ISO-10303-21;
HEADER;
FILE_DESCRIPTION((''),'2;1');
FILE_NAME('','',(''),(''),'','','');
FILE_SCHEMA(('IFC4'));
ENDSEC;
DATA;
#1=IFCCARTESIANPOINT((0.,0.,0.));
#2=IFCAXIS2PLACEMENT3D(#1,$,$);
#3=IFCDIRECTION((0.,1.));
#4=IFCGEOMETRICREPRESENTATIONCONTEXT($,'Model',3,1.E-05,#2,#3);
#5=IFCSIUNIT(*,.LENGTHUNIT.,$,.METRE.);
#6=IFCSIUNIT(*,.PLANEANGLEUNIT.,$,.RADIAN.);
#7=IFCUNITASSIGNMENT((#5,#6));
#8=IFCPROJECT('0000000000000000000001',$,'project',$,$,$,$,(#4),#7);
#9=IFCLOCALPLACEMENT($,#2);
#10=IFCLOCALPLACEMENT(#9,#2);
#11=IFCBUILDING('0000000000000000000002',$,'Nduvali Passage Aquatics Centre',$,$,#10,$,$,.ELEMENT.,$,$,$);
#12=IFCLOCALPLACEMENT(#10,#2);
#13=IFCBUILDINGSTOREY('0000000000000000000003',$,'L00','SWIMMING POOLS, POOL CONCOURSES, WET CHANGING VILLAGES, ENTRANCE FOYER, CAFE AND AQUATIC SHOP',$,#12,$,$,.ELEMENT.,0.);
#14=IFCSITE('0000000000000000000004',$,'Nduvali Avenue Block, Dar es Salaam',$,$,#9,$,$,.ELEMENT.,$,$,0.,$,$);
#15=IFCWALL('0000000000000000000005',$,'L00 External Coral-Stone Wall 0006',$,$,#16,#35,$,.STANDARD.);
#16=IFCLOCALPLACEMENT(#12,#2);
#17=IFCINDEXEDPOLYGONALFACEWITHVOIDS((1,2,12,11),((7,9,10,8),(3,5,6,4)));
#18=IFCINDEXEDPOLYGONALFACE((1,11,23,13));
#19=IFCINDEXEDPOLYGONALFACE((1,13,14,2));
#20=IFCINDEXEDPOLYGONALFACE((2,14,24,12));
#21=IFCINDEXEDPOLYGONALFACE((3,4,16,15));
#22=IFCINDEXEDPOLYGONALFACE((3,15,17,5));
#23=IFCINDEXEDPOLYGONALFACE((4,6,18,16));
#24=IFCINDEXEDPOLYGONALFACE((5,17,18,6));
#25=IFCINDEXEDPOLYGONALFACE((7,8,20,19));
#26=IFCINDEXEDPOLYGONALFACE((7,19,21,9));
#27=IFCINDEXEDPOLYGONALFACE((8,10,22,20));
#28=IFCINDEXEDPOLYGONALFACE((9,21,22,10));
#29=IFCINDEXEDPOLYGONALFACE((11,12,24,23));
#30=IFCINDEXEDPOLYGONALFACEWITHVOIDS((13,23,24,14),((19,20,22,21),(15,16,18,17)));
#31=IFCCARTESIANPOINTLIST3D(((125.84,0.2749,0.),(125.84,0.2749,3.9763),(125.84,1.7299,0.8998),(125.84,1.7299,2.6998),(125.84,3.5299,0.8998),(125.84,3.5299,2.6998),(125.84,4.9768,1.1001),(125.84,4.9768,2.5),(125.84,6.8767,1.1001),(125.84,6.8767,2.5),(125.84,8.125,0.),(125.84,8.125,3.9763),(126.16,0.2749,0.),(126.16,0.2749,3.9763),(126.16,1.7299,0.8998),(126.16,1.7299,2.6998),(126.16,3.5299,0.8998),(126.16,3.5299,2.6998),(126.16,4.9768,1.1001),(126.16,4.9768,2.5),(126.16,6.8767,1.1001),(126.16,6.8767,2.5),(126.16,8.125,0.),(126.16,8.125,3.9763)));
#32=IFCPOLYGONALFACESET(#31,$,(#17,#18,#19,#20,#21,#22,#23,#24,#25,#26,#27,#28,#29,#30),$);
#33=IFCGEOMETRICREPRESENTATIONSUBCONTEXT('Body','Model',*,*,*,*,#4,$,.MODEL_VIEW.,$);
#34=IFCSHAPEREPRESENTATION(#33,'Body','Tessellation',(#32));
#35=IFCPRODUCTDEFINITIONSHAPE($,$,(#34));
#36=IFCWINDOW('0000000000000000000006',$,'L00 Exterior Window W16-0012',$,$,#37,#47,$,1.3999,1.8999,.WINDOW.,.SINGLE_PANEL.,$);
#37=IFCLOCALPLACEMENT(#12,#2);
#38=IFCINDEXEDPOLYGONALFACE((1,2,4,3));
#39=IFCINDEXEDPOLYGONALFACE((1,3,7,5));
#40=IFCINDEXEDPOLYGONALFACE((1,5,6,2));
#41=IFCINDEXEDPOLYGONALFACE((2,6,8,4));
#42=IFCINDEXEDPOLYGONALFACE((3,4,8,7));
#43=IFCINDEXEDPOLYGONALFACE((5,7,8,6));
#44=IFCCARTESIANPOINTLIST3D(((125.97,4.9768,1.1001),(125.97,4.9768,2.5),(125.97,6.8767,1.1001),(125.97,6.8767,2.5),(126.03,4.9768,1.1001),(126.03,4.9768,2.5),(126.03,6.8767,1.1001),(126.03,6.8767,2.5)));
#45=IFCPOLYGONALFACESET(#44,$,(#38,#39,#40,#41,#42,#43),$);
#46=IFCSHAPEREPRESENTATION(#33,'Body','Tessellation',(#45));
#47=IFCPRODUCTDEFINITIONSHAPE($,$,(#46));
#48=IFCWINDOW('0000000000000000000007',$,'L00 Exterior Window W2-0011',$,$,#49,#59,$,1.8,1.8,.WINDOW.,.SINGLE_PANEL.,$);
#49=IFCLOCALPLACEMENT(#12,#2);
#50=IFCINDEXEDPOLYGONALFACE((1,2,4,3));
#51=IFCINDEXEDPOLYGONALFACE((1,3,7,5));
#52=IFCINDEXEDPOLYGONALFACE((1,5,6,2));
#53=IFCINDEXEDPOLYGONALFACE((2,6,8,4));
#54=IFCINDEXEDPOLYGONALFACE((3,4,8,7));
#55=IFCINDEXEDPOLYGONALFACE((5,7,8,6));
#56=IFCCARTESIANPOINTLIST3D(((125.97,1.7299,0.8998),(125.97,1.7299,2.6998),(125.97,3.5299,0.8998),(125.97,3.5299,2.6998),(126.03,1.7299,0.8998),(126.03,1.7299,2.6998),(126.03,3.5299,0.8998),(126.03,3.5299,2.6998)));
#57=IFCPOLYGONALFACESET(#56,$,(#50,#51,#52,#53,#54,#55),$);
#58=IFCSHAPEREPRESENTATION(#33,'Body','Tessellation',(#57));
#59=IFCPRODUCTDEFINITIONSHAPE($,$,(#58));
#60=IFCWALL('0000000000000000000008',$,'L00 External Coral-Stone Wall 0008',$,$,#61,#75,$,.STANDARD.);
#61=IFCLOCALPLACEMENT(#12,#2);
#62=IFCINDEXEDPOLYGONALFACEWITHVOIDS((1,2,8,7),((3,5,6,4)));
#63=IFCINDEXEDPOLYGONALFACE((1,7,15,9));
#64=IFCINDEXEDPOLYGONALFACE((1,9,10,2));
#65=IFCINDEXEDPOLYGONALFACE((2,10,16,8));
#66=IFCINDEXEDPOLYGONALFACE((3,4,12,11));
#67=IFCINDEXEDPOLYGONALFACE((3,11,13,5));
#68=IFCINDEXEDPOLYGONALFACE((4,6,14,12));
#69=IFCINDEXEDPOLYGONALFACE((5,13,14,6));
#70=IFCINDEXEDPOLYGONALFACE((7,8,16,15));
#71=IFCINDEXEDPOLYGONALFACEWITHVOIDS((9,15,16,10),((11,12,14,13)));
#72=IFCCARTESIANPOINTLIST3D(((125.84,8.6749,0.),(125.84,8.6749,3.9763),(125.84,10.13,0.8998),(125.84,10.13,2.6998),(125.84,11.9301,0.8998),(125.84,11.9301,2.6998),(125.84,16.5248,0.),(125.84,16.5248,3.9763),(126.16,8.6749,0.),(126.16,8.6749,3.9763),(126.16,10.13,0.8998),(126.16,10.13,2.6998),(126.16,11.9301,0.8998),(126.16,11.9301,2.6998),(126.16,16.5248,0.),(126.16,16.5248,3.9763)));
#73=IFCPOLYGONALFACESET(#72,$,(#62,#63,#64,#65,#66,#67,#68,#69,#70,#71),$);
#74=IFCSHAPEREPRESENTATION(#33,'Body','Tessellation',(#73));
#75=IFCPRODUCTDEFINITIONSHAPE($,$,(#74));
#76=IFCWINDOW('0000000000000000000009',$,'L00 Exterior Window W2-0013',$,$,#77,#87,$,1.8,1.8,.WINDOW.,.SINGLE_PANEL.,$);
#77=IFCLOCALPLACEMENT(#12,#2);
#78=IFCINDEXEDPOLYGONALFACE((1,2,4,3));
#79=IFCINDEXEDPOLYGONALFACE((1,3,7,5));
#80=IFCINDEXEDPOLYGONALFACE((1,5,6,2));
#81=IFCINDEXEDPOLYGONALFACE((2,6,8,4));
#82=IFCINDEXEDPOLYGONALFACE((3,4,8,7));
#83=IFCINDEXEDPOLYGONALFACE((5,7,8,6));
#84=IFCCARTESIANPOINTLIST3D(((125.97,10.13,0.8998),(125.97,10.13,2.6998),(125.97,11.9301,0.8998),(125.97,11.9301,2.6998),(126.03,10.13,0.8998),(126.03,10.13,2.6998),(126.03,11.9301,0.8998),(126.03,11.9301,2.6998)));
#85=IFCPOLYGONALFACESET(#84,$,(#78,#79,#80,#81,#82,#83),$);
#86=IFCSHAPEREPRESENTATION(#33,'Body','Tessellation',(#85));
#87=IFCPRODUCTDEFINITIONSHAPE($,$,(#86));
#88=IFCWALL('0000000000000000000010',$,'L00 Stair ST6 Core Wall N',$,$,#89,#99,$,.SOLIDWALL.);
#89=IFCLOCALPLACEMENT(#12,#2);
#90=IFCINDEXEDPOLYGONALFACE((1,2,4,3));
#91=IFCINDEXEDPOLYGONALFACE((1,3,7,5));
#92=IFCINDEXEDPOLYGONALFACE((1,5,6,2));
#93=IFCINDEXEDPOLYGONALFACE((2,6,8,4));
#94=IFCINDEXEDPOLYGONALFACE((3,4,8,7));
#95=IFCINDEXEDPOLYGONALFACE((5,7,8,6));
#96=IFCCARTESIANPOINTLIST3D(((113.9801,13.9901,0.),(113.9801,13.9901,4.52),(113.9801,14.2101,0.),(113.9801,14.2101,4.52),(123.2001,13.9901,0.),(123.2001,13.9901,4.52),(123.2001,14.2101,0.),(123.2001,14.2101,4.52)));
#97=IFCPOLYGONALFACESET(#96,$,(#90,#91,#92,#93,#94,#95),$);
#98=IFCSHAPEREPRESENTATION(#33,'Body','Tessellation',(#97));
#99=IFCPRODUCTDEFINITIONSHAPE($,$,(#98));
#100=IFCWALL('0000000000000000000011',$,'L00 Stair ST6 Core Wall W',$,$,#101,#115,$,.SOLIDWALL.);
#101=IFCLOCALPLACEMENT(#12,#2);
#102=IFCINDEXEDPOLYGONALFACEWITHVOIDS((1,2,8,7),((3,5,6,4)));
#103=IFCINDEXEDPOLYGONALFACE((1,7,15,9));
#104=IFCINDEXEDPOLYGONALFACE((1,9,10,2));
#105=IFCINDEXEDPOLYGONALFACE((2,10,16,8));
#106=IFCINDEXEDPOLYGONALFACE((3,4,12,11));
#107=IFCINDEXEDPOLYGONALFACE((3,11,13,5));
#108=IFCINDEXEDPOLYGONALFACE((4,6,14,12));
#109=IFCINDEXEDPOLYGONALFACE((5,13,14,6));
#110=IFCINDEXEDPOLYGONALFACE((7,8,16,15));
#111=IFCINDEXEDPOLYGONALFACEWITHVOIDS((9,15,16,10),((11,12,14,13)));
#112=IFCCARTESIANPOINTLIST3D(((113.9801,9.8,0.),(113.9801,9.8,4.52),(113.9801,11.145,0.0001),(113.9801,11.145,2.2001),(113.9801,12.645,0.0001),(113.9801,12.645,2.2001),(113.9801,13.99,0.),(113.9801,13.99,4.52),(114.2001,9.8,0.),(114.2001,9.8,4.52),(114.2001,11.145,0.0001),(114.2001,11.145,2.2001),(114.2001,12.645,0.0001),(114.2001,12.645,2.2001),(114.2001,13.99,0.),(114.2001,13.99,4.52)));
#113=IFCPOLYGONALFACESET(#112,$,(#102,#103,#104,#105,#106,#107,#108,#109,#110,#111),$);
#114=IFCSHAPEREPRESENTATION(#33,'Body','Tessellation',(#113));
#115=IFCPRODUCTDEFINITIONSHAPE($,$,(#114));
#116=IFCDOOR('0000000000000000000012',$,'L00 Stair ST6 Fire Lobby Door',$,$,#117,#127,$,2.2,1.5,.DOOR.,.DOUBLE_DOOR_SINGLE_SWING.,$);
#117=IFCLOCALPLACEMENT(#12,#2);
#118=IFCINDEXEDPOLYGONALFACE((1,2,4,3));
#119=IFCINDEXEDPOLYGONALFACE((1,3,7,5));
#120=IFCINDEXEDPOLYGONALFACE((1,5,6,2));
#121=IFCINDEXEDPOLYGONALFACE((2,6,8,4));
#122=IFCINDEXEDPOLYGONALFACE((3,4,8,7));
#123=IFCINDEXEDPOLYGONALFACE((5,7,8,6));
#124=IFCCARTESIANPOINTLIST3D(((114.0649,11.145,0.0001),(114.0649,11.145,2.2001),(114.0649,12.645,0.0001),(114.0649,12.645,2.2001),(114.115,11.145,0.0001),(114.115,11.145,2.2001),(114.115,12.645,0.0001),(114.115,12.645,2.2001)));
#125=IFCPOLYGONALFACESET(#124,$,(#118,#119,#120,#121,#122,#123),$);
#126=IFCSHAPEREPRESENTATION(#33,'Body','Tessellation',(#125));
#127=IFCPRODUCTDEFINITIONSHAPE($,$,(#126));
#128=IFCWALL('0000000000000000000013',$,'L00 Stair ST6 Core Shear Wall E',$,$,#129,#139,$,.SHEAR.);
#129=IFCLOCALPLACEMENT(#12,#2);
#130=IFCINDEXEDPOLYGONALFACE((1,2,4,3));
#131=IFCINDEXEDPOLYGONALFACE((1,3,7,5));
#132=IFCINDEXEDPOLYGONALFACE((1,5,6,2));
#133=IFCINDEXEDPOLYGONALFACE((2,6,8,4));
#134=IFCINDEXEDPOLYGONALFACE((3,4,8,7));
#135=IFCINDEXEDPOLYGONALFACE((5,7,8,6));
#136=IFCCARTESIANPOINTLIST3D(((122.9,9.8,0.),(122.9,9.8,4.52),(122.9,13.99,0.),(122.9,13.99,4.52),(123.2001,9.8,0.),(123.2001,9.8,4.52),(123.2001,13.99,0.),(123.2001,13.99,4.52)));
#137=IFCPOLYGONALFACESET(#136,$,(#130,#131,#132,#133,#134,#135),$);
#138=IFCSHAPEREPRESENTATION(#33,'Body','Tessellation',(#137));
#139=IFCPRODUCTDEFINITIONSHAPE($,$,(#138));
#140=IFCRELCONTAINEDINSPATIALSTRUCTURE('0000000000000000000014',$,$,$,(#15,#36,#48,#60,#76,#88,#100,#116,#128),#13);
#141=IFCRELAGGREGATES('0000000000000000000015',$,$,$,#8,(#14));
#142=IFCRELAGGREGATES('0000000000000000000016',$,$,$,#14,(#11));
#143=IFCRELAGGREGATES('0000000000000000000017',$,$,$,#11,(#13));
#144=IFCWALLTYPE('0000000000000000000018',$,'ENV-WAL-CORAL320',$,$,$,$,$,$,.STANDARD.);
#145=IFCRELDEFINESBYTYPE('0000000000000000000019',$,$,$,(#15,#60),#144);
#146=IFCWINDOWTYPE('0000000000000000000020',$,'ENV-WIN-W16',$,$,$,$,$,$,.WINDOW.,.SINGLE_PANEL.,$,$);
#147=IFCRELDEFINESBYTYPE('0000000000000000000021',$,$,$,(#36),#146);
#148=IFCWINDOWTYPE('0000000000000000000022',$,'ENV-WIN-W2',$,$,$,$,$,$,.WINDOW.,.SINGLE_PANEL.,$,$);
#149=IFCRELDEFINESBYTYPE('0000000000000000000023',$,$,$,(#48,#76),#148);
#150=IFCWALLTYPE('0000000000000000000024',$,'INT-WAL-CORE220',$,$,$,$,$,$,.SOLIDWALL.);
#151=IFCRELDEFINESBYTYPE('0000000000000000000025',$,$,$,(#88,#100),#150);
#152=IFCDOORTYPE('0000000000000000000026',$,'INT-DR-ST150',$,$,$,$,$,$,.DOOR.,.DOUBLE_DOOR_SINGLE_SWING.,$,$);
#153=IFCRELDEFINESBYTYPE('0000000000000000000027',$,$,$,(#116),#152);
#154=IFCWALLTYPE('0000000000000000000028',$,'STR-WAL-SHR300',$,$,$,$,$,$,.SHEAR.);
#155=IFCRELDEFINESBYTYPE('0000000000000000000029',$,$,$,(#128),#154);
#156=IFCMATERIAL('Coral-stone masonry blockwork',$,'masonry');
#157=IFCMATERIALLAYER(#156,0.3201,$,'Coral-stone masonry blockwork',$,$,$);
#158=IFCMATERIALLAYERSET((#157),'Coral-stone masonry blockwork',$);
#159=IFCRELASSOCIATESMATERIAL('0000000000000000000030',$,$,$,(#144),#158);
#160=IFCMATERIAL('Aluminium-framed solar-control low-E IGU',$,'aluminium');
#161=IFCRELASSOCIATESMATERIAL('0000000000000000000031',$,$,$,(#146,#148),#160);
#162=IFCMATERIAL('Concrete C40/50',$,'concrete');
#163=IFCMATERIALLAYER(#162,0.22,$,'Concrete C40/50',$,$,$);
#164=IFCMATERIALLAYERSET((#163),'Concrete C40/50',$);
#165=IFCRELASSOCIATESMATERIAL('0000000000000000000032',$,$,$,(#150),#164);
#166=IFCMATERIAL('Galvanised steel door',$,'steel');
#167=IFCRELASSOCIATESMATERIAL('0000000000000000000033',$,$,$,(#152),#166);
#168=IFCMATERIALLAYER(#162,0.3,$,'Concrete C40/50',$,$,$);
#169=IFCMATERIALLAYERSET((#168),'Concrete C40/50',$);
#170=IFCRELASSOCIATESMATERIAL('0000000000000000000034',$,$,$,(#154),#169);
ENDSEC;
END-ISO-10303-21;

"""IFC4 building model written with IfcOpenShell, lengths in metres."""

from ifc_helpers import new_model, si_unit, direction, frame, frame_2d, origin, place, context, subcontext, project, spatial, rectangle, extrude, material, layer, layer_set, type_object, element, fill, save


model = new_model("IFC4")

# Units and contexts
model_context = context("Model", 3, precision=1e-05, world=origin(), true_north=direction((0.0, 1.0)))
body_context = subcontext(model_context, "Body", "Model", "MODEL_VIEW")
ifc_project = project(units=[si_unit("LENGTHUNIT", "METRE"), si_unit("PLANEANGLEUNIT", "RADIAN")], contexts=[model_context])

# Site, building, storey
site_placement = place(None, origin())
site = spatial("IfcSite", under=ifc_project, at=site_placement, Name="Nduvali Avenue Block, Dar es Salaam", CompositionType="ELEMENT", RefElevation=0.0)
building_placement = place(site_placement, origin())
building = spatial("IfcBuilding", under=site, at=building_placement, Name="Nduvali Passage Aquatics Centre", CompositionType="ELEMENT")
storey_placement = place(building_placement, origin())
storey = spatial("IfcBuildingStorey", under=building, at=storey_placement, Name="L00", Description="SWIMMING POOLS, POOL CONCOURSES, WET CHANGING VILLAGES, ENTRANCE FOYER, CAFE AND AQUATIC SHOP", CompositionType="ELEMENT", Elevation=0.0)

# Shared definitions
ifc_material_1 = material(Name="Concrete C40/50", Category="concrete")

# Wall, openings, windows
ifc_material_2 = material(Name="Coral-stone masonry blockwork", Category="masonry")
ifc_layer_1 = layer(ifc_material_2, 0.3201, Name="Coral-stone masonry blockwork")
ifc_layer_set_1 = layer_set([ifc_layer_1], Name="Coral-stone masonry blockwork")
wall_type_1 = type_object("IfcWallType", Name="ENV-WAL-CORAL320", PredefinedType="STANDARD", material=ifc_layer_set_1)
wall_1_placement = place(storey_placement, frame((126.0, 0.2749, 0.0), z_axis=(0.0, 0.0, 1.0), x_axis=(0.0, 1.0, 0.0)))
wall_1 = element("IfcWall", 1, at=wall_1_placement, inside=storey, type_object=wall_type_1, Name="L00 External Coral-Stone Wall 0006", PredefinedType="STANDARD", context=body_context, shape_type="SweptSolid", body=[
    extrude(rectangle(XDim=7.8501, YDim=0.3201, at=frame_2d((3.925, 0.0))), origin(), (0.0, 0.0, 1.0), 3.9763),
])
opening_1_placement = place(wall_1_placement, frame((1.4551, 0.0, 0.8999)))
opening_1 = element("IfcOpeningElement", 2, at=opening_1_placement, cuts=wall_1, PredefinedType="OPENING", context=body_context, shape_type="SweptSolid", body=[
    extrude(rectangle(XDim=1.8, YDim=1.8, at=frame_2d((0.8999, 0.8999))), frame((0.0, 0.1748, 0.0), z_axis=(0.0, -1.0, 0.0), x_axis=(1.0, 0.0, 0.0)), (0.0, 0.0, 1.0), 0.3499),
])
opening_2_placement = place(wall_1_placement, frame((4.7019, 0.0, 1.1001)))
opening_2 = element("IfcOpeningElement", 3, at=opening_2_placement, cuts=wall_1, PredefinedType="OPENING", context=body_context, shape_type="SweptSolid", body=[
    extrude(rectangle(XDim=1.8999, YDim=1.3999, at=frame_2d((0.95, 0.7))), frame((0.0, 0.1748, 0.0), z_axis=(0.0, -1.0, 0.0), x_axis=(1.0, 0.0, 0.0)), (0.0, 0.0, 1.0), 0.3499),
])
ifc_material_3 = material(Name="Aluminium-framed solar-control low-E IGU", Category="aluminium")
window_type_1 = type_object("IfcWindowType", Name="ENV-WIN-W16", PartitioningType="SINGLE_PANEL", PredefinedType="WINDOW", material=ifc_material_3)
window_1_placement = place(opening_2_placement, origin())
window_1 = element("IfcWindow", 4, at=window_1_placement, inside=storey, type_object=window_type_1, Name="L00 Exterior Window W16-0012", OverallHeight=1.3999, OverallWidth=1.8999, PartitioningType="SINGLE_PANEL", PredefinedType="WINDOW", context=body_context, shape_type="SweptSolid", body=[
    extrude(rectangle(XDim=1.8999, YDim=1.3999, at=frame_2d((0.95, 0.7))), frame((0.0, 0.03, 0.0), z_axis=(0.0, -1.0, 0.0), x_axis=(1.0, 0.0, 0.0)), (0.0, 0.0, 1.0), 0.0601),
])
fill(opening_2, window_1)
window_type_2 = type_object("IfcWindowType", Name="ENV-WIN-W2", PartitioningType="SINGLE_PANEL", PredefinedType="WINDOW", material=ifc_material_3)
window_2_placement = place(opening_1_placement, origin())
window_2 = element("IfcWindow", 5, at=window_2_placement, inside=storey, type_object=window_type_2, Name="L00 Exterior Window W2-0011", OverallHeight=1.8, OverallWidth=1.8, PartitioningType="SINGLE_PANEL", PredefinedType="WINDOW", context=body_context, shape_type="SweptSolid", body=[
    extrude(rectangle(XDim=1.8, YDim=1.8, at=frame_2d((0.8999, 0.8999))), frame((0.0, 0.03, 0.0), z_axis=(0.0, -1.0, 0.0), x_axis=(1.0, 0.0, 0.0)), (0.0, 0.0, 1.0), 0.0601),
])
fill(opening_1, window_2)

# Wall, opening, window
wall_2_placement = place(storey_placement, frame((126.0, 8.675, 0.0), z_axis=(0.0, 0.0, 1.0), x_axis=(0.0, 1.0, 0.0)))
wall_2 = element("IfcWall", 6, at=wall_2_placement, inside=storey, type_object=wall_type_1, Name="L00 External Coral-Stone Wall 0008", PredefinedType="STANDARD", context=body_context, shape_type="SweptSolid", body=[
    extrude(rectangle(XDim=7.8499, YDim=0.3201, at=frame_2d((3.9248, 0.0))), origin(), (0.0, 0.0, 1.0), 3.9763),
])
opening_3_placement = place(wall_2_placement, frame((1.4551, 0.0, 0.8999)))
opening_3 = element("IfcOpeningElement", 7, at=opening_3_placement, cuts=wall_2, PredefinedType="OPENING", context=body_context, shape_type="SweptSolid", body=[
    extrude(rectangle(XDim=1.8, YDim=1.8, at=frame_2d((0.8999, 0.8999))), frame((0.0, 0.1748, 0.0), z_axis=(0.0, -1.0, 0.0), x_axis=(1.0, 0.0, 0.0)), (0.0, 0.0, 1.0), 0.3499),
])
window_3_placement = place(opening_3_placement, origin())
window_3 = element("IfcWindow", 8, at=window_3_placement, inside=storey, type_object=window_type_2, Name="L00 Exterior Window W2-0013", OverallHeight=1.8, OverallWidth=1.8, PartitioningType="SINGLE_PANEL", PredefinedType="WINDOW", context=body_context, shape_type="SweptSolid", body=[
    extrude(rectangle(XDim=1.8, YDim=1.8, at=frame_2d((0.8999, 0.8999))), frame((0.0, 0.03, 0.0), z_axis=(0.0, -1.0, 0.0), x_axis=(1.0, 0.0, 0.0)), (0.0, 0.0, 1.0), 0.0601),
])
fill(opening_3, window_3)

# Wall
ifc_layer_2 = layer(ifc_material_1, 0.22, Name="Concrete C40/50")
ifc_layer_set_2 = layer_set([ifc_layer_2], Name="Concrete C40/50")
wall_type_2 = type_object("IfcWallType", Name="INT-WAL-CORE220", PredefinedType="SOLIDWALL", material=ifc_layer_set_2)
wall_3_placement = place(storey_placement, frame((123.2, 14.1001, 0.0), z_axis=(0.0, 0.0, 1.0), x_axis=(-1.0, 0.0, 0.0)))
element("IfcWall", 9, at=wall_3_placement, inside=storey, type_object=wall_type_2, Name="L00 Stair ST6 Core Wall N", PredefinedType="SOLIDWALL", context=body_context, shape_type="SweptSolid", body=[
    extrude(rectangle(XDim=9.22, YDim=0.22, at=frame_2d((4.6099, 0.0))), origin(), (0.0, 0.0, 1.0), 4.52),
])

# Wall, opening, door
wall_4_placement = place(storey_placement, frame((114.0901, 13.99, 0.0), z_axis=(0.0, 0.0, 1.0), x_axis=(0.0, -1.0, 0.0)))
wall_4 = element("IfcWall", 10, at=wall_4_placement, inside=storey, type_object=wall_type_2, Name="L00 Stair ST6 Core Wall W", PredefinedType="SOLIDWALL", context=body_context, shape_type="SweptSolid", body=[
    extrude(rectangle(XDim=4.1899, YDim=0.22, at=frame_2d((2.095, 0.0))), origin(), (0.0, 0.0, 1.0), 4.52),
])
opening_4_placement = place(wall_4_placement, frame((1.345, 0.0, 0.0)))
opening_4 = element("IfcOpeningElement", 11, at=opening_4_placement, cuts=wall_4, PredefinedType="OPENING", context=body_context, shape_type="SweptSolid", body=[
    extrude(rectangle(XDim=1.5, YDim=2.2, at=frame_2d((0.75, 1.1001))), frame((0.0, 0.125, 0.0), z_axis=(0.0, -1.0, 0.0), x_axis=(1.0, 0.0, 0.0)), (0.0, 0.0, 1.0), 0.2498),
])
ifc_material_4 = material(Name="Galvanised steel door", Category="steel")
door_type = type_object("IfcDoorType", Name="INT-DR-ST150", OperationType="DOUBLE_DOOR_SINGLE_SWING", PredefinedType="DOOR", material=ifc_material_4)
door_placement = place(opening_4_placement, origin())
door = element("IfcDoor", 12, at=door_placement, inside=storey, type_object=door_type, Name="L00 Stair ST6 Fire Lobby Door", OperationType="DOUBLE_DOOR_SINGLE_SWING", OverallHeight=2.2, OverallWidth=1.5, PredefinedType="DOOR", context=body_context, shape_type="SweptSolid", body=[
    extrude(rectangle(XDim=1.5, YDim=2.2, at=frame_2d((0.75, 1.1001))), frame((0.0, 0.0249, 0.0), z_axis=(0.0, -1.0, 0.0), x_axis=(1.0, 0.0, 0.0)), (0.0, 0.0, 1.0), 0.05),
])
fill(opening_4, door)

# Wall
ifc_layer_3 = layer(ifc_material_1, 0.3, Name="Concrete C40/50")
ifc_layer_set_3 = layer_set([ifc_layer_3], Name="Concrete C40/50")
wall_type_3 = type_object("IfcWallType", Name="STR-WAL-SHR300", PredefinedType="SHEAR", material=ifc_layer_set_3)
wall_5_placement = place(storey_placement, frame((123.05, 9.8, 0.0), z_axis=(0.0, 0.0, 1.0), x_axis=(0.0, 1.0, 0.0)))
element("IfcWall", 13, at=wall_5_placement, inside=storey, type_object=wall_type_3, Name="L00 Stair ST6 Core Shear Wall E", PredefinedType="SHEAR", context=body_context, shape_type="SweptSolid", body=[
    extrude(rectangle(XDim=4.1899, YDim=0.3, at=frame_2d((2.095, 0.0))), origin(), (0.0, 0.0, 1.0), 4.52),
])

save(model, "model.ifc")
